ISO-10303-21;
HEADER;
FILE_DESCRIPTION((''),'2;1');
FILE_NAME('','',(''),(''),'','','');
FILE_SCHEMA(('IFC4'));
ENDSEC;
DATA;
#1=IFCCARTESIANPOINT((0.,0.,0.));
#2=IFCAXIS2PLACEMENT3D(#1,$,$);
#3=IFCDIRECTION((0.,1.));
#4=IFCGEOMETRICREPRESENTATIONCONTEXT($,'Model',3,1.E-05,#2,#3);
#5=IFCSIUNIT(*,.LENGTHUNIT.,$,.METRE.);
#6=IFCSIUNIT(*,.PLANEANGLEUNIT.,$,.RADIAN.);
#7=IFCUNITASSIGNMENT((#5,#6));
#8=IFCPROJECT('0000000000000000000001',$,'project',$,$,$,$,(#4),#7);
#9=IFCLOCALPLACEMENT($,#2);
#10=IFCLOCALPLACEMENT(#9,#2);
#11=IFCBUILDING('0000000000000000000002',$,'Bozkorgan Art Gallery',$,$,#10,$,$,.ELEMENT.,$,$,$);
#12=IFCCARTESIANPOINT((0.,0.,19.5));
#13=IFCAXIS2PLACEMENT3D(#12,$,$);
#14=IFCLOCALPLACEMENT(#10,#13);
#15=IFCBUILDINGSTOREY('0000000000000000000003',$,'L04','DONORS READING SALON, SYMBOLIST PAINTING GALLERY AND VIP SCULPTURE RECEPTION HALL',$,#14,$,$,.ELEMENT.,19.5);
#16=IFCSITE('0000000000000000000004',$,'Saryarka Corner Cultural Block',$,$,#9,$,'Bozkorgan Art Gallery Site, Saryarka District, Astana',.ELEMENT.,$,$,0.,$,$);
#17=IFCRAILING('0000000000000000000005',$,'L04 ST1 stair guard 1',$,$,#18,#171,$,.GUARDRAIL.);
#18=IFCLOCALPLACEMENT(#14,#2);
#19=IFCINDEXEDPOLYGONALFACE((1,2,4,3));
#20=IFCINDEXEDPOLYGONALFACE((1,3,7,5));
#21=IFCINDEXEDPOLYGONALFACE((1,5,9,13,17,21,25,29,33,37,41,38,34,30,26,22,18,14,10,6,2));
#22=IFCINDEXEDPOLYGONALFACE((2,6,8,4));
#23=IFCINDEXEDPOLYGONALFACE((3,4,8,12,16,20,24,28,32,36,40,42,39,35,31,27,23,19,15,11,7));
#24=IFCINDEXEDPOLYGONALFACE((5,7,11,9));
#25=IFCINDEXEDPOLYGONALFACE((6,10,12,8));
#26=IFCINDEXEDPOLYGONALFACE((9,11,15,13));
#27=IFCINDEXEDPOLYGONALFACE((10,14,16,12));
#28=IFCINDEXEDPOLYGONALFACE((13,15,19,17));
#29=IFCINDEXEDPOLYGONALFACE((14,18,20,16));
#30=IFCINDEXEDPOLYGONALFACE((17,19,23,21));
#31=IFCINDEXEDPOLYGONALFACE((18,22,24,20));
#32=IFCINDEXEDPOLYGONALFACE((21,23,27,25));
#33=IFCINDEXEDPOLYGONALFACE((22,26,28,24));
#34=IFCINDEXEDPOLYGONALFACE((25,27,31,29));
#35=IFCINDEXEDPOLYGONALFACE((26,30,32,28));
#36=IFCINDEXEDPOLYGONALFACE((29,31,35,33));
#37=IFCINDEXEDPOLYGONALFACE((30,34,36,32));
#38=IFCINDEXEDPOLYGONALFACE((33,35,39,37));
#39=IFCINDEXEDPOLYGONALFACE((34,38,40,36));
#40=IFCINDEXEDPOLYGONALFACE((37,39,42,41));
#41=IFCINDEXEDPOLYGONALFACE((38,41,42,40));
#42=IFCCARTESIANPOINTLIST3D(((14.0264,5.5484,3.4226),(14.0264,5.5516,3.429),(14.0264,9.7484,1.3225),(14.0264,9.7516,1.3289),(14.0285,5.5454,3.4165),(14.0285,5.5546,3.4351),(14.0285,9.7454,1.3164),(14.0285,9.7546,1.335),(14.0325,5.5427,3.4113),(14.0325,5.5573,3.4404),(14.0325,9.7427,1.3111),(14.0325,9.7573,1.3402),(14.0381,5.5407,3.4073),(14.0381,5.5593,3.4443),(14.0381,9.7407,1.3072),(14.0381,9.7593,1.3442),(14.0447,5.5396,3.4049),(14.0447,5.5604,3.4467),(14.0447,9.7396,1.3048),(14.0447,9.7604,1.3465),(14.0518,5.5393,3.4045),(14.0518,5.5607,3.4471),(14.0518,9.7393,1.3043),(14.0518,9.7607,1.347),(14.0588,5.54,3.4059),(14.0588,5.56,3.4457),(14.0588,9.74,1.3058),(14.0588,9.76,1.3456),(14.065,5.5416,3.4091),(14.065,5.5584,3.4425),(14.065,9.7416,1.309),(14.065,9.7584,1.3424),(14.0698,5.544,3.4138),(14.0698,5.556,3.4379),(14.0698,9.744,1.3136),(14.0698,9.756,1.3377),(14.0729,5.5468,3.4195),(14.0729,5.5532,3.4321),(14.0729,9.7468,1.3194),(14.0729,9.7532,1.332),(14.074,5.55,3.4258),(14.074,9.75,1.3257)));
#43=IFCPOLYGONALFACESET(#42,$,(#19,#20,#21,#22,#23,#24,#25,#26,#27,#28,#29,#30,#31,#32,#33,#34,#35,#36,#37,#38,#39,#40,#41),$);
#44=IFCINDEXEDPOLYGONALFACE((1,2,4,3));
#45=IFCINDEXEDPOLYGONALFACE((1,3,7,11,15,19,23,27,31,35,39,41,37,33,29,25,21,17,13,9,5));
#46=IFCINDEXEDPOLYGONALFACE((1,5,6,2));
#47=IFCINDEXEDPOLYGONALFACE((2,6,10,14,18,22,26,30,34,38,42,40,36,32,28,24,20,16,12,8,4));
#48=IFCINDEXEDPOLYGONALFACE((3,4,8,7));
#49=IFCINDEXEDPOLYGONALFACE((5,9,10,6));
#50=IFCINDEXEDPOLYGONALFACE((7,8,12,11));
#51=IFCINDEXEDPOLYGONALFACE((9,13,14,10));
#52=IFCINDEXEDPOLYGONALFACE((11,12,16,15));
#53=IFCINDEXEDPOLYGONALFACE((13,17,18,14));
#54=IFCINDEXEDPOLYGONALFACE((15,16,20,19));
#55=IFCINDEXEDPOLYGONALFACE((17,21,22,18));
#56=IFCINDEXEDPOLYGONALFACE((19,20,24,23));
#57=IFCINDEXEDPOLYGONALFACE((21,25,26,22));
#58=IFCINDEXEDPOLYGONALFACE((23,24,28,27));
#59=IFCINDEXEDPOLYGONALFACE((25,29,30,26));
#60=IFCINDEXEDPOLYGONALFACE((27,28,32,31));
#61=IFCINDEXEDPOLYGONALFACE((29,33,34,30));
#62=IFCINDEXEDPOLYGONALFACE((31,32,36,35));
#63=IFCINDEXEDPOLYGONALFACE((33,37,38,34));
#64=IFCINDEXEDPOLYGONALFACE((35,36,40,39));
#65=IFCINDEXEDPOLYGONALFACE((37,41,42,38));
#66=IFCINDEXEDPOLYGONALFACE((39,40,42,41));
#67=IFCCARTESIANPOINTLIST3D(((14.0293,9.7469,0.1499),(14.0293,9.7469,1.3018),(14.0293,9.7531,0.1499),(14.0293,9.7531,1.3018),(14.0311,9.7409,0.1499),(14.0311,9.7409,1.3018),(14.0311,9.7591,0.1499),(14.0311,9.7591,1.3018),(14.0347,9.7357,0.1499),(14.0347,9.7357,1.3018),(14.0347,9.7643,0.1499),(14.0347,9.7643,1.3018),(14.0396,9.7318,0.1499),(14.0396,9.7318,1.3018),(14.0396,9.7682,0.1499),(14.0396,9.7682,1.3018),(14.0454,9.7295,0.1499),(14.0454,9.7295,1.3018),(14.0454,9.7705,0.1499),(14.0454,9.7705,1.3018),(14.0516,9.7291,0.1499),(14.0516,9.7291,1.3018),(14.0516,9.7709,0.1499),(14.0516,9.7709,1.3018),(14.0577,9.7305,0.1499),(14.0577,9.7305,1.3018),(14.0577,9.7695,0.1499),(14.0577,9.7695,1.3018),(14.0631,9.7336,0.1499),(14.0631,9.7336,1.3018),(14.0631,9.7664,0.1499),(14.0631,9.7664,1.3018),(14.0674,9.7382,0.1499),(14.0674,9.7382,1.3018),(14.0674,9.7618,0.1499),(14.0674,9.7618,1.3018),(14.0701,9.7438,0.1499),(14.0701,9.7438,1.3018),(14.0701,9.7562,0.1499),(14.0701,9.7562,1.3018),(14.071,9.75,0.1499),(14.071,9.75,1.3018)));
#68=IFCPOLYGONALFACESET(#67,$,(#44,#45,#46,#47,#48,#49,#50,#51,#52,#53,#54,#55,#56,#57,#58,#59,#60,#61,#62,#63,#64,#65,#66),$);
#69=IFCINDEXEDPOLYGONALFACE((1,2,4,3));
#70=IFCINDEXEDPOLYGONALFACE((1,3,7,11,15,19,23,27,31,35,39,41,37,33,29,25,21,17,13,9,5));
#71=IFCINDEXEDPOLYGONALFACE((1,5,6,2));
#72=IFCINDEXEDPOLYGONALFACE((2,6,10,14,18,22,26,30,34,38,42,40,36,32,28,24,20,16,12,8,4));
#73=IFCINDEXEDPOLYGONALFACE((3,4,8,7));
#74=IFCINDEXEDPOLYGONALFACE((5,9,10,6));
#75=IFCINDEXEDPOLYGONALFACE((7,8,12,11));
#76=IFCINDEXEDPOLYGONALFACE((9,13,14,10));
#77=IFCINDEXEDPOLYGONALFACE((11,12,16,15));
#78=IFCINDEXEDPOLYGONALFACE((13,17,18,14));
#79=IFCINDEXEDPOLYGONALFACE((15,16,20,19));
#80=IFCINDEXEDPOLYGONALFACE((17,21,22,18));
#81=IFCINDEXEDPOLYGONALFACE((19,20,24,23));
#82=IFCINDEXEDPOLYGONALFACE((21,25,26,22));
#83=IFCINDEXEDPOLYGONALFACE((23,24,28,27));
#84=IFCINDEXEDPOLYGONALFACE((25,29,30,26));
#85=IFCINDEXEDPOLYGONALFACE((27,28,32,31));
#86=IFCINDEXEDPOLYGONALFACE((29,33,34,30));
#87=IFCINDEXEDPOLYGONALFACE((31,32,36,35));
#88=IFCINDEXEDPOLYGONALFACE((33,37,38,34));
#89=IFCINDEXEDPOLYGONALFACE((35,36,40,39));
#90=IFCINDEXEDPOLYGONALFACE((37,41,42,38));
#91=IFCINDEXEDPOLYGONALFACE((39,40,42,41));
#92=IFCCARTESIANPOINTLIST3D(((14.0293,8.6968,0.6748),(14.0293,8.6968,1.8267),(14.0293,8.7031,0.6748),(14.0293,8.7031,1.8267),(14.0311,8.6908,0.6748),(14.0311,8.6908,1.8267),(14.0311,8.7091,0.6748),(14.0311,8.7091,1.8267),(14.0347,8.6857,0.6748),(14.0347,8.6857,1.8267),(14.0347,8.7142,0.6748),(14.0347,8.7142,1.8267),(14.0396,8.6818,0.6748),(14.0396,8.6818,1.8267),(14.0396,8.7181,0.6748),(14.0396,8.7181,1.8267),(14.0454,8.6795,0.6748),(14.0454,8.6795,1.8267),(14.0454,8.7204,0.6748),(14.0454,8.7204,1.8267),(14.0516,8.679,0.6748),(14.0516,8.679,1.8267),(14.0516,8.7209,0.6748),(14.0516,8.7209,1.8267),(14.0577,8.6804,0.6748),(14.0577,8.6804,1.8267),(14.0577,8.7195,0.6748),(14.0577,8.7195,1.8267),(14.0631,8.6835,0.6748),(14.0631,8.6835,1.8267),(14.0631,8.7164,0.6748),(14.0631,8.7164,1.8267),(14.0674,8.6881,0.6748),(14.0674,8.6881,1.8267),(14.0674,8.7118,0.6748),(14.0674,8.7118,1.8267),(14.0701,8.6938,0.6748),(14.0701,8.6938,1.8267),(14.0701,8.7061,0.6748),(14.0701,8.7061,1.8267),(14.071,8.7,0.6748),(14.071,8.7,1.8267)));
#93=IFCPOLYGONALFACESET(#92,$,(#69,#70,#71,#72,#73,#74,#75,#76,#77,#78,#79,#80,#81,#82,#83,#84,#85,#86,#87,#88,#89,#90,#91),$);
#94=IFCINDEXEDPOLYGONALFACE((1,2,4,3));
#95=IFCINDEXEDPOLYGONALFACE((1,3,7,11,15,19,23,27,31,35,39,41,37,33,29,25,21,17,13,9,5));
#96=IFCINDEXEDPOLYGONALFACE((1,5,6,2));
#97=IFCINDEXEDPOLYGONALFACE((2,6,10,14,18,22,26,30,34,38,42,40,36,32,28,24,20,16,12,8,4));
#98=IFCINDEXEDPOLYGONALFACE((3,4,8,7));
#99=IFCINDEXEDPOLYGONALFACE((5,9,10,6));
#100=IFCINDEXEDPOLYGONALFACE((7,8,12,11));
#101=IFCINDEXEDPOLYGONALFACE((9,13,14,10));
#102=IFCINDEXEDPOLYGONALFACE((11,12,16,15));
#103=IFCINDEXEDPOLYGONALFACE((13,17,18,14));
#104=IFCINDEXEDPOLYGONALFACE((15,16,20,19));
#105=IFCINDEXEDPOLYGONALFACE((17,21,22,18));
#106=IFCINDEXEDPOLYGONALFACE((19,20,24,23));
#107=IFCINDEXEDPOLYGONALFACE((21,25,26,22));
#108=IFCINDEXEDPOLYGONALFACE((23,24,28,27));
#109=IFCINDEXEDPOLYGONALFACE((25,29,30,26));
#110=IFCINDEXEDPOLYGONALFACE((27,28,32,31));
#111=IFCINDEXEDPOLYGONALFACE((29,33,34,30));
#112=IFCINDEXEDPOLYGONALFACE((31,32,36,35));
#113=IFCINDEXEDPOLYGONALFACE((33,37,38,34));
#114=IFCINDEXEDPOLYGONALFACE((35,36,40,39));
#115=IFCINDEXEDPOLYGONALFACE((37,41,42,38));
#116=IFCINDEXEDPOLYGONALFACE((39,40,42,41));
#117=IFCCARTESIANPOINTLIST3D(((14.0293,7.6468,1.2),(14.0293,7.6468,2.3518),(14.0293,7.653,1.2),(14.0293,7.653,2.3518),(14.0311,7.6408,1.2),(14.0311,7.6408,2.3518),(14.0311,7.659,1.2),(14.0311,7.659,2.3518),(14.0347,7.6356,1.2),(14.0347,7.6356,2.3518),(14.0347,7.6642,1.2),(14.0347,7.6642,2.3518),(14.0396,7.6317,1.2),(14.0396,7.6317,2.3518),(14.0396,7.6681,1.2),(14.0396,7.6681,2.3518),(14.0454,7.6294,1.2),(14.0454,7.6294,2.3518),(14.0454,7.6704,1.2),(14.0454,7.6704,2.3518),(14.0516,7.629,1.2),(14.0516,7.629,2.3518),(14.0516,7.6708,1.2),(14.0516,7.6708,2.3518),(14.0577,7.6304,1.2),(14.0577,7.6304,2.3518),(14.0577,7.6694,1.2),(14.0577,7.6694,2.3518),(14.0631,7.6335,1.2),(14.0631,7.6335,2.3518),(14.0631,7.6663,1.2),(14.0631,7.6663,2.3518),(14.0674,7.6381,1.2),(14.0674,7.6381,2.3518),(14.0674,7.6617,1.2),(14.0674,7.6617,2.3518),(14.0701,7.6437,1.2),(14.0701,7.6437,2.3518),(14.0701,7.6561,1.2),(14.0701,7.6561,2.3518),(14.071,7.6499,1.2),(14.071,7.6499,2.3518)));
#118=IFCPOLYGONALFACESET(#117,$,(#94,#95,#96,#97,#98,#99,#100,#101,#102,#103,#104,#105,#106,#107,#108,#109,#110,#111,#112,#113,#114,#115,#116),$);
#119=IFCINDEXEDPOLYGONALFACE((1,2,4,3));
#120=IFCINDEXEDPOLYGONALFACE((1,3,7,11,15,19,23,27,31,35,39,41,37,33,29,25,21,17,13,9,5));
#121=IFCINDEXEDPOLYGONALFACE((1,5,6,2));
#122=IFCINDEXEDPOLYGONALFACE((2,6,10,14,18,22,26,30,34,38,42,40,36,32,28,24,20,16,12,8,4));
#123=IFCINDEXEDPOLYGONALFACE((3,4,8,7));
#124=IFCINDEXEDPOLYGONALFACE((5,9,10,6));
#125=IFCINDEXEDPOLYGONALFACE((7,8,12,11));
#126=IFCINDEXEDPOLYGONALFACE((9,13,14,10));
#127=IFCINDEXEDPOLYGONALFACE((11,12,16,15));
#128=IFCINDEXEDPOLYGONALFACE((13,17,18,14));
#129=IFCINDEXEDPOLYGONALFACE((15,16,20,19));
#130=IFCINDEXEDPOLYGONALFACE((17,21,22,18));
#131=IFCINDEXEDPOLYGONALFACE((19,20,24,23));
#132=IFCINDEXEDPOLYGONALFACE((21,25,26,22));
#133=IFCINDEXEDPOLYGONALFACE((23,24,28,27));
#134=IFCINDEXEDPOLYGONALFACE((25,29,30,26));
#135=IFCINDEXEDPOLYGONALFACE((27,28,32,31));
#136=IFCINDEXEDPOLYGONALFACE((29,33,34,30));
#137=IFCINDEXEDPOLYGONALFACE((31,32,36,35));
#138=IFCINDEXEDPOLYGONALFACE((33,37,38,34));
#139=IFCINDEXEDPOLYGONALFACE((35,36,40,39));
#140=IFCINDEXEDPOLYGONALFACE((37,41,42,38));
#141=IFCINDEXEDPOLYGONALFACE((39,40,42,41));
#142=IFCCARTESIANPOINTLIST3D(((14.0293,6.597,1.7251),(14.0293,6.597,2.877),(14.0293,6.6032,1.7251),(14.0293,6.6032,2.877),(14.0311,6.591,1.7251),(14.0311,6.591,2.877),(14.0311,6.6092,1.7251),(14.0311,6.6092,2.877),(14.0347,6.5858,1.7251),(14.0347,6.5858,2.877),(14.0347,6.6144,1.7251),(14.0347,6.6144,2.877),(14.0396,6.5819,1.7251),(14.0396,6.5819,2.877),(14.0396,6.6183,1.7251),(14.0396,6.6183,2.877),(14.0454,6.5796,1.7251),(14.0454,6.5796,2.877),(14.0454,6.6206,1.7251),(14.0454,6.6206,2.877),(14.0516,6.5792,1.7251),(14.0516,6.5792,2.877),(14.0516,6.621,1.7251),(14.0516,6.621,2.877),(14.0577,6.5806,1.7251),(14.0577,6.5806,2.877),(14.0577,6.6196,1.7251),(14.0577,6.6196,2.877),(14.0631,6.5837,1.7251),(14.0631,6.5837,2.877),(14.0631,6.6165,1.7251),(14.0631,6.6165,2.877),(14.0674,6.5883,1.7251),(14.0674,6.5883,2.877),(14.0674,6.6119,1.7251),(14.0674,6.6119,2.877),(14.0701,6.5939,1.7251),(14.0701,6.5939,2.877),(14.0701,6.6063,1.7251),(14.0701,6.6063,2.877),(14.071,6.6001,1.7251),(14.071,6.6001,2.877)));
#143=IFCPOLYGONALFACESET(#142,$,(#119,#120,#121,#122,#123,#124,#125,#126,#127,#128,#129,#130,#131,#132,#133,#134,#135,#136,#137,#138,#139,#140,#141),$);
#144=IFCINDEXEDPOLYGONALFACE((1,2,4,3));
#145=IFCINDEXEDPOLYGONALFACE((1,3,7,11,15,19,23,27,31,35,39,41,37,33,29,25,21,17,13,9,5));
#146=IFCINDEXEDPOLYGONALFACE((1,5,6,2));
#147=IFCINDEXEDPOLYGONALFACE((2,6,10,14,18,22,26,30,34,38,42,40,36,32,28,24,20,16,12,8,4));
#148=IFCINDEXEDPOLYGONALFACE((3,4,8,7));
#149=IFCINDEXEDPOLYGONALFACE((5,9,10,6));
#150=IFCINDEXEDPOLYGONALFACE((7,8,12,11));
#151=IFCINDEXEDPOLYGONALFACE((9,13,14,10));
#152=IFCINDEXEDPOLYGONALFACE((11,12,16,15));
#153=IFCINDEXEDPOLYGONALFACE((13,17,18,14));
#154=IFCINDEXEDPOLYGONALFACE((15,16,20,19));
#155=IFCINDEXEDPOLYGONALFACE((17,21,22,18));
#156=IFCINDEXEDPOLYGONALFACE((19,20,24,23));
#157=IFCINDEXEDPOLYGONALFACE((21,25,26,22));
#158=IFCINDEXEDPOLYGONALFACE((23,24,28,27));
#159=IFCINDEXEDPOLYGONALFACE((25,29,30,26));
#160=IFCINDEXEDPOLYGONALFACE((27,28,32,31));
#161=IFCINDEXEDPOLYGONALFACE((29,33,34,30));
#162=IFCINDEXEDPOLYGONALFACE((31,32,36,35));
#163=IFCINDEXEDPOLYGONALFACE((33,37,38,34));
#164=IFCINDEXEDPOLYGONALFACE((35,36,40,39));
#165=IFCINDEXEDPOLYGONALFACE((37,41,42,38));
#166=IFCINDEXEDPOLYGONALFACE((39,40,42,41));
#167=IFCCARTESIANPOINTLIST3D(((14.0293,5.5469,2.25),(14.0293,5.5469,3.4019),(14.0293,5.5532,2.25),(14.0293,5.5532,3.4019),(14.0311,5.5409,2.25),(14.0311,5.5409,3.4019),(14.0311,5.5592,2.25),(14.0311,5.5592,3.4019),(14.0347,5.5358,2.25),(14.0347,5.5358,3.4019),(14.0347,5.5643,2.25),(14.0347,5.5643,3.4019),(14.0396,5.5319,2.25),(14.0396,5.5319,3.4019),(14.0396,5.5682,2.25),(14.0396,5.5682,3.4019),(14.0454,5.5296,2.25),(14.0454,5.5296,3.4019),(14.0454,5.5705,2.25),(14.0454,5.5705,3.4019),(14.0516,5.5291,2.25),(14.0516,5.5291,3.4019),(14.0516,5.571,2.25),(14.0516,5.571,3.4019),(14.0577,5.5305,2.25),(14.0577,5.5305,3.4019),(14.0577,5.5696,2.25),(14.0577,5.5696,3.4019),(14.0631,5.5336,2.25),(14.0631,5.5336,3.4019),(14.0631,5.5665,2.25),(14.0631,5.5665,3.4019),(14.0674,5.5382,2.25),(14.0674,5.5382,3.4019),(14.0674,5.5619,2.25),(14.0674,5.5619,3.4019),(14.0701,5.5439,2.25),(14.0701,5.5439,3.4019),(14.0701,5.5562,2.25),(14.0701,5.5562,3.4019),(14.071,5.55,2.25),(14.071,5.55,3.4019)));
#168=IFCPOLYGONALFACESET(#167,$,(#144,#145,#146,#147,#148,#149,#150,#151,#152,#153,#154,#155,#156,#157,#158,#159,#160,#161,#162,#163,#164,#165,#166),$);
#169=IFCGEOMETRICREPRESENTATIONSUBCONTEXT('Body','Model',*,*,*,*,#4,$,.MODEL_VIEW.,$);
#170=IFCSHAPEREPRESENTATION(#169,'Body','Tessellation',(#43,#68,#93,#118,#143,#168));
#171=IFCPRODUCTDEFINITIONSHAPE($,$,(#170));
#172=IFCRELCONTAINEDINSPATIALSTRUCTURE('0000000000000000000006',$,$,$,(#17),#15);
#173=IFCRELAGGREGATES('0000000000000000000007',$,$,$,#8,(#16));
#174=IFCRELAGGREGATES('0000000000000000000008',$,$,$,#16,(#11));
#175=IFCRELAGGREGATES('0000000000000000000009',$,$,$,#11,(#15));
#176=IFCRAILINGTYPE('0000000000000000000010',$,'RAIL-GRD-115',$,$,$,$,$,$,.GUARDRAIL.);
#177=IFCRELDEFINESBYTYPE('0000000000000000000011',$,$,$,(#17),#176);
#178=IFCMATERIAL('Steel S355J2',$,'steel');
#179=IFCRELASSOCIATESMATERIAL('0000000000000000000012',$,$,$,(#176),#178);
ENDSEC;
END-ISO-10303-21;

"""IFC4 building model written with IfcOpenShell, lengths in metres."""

from ifc_helpers import new_model, si_unit, direction, frame, origin, origin_2d, place, context, subcontext, project, spatial, circle, extrude, material, type_object, element, save


model = new_model("IFC4")

# Units and contexts
model_context = context("Model", 3, precision=1e-05, world=origin(), true_north=direction((0.0, 1.0)))
body_context = subcontext(model_context, "Body", "Model", "MODEL_VIEW")
ifc_project = project(units=[si_unit("LENGTHUNIT", "METRE"), si_unit("PLANEANGLEUNIT", "RADIAN")], contexts=[model_context])

# Site, building, storey
site_placement = place(None, origin())
site = spatial("IfcSite", under=ifc_project, at=site_placement, Name="Saryarka Corner Cultural Block", LongName="Bozkorgan Art Gallery Site, Saryarka District, Astana", CompositionType="ELEMENT", RefElevation=0.0)
building_placement = place(site_placement, origin())
building = spatial("IfcBuilding", under=site, at=building_placement, Name="Bozkorgan Art Gallery", CompositionType="ELEMENT")
storey_placement = place(building_placement, frame((0.0, 0.0, 19.5)))
storey = spatial("IfcBuildingStorey", under=building, at=storey_placement, Name="L04", Description="DONORS READING SALON, SYMBOLIST PAINTING GALLERY AND VIP SCULPTURE RECEPTION HALL", CompositionType="ELEMENT", Elevation=19.5)

# Shared definitions
ifc_material_1 = material(Name="Steel S355J2", Category="steel")

# Railing
railing_type_1 = type_object("IfcRailingType", Name="RAIL-GRD-115", PredefinedType="GUARDRAIL", material=ifc_material_1)
railing_1_placement = place(storey_placement, frame((14.05, 9.75, 0.1499)))
element("IfcRailing", 1, at=railing_1_placement, inside=storey, type_object=railing_type_1, Name="L04 ST1 stair guard 1", PredefinedType="GUARDRAIL", context=body_context, shape_type="SweptSolid", body=[
    extrude(circle(Radius=0.0239, at=origin_2d()), frame((0.0, 0.0, 1.1758), z_axis=(0.0, -0.894417, 0.447234), x_axis=(1.0, 0.0, 0.0)), (0.0, 0.0, 1.0), 4.6958),
    extrude(circle(Radius=0.021, at=origin_2d()), origin(), (0.0, 0.0, 1.0), 1.1519),
    extrude(circle(Radius=0.021, at=origin_2d()), frame((0.0, -1.05, 0.5249)), (0.0, 0.0, 1.0), 1.1519),
    extrude(circle(Radius=0.021, at=origin_2d()), frame((0.0, -2.1001, 1.05)), (0.0, 0.0, 1.0), 1.1519),
    extrude(circle(Radius=0.021, at=origin_2d()), frame((0.0, -3.1499, 1.5752)), (0.0, 0.0, 1.0), 1.1519),
    extrude(circle(Radius=0.021, at=origin_2d()), frame((0.0, -4.2, 2.1001)), (0.0, 0.0, 1.0), 1.1519),
])

save(model, "model.ifc")
